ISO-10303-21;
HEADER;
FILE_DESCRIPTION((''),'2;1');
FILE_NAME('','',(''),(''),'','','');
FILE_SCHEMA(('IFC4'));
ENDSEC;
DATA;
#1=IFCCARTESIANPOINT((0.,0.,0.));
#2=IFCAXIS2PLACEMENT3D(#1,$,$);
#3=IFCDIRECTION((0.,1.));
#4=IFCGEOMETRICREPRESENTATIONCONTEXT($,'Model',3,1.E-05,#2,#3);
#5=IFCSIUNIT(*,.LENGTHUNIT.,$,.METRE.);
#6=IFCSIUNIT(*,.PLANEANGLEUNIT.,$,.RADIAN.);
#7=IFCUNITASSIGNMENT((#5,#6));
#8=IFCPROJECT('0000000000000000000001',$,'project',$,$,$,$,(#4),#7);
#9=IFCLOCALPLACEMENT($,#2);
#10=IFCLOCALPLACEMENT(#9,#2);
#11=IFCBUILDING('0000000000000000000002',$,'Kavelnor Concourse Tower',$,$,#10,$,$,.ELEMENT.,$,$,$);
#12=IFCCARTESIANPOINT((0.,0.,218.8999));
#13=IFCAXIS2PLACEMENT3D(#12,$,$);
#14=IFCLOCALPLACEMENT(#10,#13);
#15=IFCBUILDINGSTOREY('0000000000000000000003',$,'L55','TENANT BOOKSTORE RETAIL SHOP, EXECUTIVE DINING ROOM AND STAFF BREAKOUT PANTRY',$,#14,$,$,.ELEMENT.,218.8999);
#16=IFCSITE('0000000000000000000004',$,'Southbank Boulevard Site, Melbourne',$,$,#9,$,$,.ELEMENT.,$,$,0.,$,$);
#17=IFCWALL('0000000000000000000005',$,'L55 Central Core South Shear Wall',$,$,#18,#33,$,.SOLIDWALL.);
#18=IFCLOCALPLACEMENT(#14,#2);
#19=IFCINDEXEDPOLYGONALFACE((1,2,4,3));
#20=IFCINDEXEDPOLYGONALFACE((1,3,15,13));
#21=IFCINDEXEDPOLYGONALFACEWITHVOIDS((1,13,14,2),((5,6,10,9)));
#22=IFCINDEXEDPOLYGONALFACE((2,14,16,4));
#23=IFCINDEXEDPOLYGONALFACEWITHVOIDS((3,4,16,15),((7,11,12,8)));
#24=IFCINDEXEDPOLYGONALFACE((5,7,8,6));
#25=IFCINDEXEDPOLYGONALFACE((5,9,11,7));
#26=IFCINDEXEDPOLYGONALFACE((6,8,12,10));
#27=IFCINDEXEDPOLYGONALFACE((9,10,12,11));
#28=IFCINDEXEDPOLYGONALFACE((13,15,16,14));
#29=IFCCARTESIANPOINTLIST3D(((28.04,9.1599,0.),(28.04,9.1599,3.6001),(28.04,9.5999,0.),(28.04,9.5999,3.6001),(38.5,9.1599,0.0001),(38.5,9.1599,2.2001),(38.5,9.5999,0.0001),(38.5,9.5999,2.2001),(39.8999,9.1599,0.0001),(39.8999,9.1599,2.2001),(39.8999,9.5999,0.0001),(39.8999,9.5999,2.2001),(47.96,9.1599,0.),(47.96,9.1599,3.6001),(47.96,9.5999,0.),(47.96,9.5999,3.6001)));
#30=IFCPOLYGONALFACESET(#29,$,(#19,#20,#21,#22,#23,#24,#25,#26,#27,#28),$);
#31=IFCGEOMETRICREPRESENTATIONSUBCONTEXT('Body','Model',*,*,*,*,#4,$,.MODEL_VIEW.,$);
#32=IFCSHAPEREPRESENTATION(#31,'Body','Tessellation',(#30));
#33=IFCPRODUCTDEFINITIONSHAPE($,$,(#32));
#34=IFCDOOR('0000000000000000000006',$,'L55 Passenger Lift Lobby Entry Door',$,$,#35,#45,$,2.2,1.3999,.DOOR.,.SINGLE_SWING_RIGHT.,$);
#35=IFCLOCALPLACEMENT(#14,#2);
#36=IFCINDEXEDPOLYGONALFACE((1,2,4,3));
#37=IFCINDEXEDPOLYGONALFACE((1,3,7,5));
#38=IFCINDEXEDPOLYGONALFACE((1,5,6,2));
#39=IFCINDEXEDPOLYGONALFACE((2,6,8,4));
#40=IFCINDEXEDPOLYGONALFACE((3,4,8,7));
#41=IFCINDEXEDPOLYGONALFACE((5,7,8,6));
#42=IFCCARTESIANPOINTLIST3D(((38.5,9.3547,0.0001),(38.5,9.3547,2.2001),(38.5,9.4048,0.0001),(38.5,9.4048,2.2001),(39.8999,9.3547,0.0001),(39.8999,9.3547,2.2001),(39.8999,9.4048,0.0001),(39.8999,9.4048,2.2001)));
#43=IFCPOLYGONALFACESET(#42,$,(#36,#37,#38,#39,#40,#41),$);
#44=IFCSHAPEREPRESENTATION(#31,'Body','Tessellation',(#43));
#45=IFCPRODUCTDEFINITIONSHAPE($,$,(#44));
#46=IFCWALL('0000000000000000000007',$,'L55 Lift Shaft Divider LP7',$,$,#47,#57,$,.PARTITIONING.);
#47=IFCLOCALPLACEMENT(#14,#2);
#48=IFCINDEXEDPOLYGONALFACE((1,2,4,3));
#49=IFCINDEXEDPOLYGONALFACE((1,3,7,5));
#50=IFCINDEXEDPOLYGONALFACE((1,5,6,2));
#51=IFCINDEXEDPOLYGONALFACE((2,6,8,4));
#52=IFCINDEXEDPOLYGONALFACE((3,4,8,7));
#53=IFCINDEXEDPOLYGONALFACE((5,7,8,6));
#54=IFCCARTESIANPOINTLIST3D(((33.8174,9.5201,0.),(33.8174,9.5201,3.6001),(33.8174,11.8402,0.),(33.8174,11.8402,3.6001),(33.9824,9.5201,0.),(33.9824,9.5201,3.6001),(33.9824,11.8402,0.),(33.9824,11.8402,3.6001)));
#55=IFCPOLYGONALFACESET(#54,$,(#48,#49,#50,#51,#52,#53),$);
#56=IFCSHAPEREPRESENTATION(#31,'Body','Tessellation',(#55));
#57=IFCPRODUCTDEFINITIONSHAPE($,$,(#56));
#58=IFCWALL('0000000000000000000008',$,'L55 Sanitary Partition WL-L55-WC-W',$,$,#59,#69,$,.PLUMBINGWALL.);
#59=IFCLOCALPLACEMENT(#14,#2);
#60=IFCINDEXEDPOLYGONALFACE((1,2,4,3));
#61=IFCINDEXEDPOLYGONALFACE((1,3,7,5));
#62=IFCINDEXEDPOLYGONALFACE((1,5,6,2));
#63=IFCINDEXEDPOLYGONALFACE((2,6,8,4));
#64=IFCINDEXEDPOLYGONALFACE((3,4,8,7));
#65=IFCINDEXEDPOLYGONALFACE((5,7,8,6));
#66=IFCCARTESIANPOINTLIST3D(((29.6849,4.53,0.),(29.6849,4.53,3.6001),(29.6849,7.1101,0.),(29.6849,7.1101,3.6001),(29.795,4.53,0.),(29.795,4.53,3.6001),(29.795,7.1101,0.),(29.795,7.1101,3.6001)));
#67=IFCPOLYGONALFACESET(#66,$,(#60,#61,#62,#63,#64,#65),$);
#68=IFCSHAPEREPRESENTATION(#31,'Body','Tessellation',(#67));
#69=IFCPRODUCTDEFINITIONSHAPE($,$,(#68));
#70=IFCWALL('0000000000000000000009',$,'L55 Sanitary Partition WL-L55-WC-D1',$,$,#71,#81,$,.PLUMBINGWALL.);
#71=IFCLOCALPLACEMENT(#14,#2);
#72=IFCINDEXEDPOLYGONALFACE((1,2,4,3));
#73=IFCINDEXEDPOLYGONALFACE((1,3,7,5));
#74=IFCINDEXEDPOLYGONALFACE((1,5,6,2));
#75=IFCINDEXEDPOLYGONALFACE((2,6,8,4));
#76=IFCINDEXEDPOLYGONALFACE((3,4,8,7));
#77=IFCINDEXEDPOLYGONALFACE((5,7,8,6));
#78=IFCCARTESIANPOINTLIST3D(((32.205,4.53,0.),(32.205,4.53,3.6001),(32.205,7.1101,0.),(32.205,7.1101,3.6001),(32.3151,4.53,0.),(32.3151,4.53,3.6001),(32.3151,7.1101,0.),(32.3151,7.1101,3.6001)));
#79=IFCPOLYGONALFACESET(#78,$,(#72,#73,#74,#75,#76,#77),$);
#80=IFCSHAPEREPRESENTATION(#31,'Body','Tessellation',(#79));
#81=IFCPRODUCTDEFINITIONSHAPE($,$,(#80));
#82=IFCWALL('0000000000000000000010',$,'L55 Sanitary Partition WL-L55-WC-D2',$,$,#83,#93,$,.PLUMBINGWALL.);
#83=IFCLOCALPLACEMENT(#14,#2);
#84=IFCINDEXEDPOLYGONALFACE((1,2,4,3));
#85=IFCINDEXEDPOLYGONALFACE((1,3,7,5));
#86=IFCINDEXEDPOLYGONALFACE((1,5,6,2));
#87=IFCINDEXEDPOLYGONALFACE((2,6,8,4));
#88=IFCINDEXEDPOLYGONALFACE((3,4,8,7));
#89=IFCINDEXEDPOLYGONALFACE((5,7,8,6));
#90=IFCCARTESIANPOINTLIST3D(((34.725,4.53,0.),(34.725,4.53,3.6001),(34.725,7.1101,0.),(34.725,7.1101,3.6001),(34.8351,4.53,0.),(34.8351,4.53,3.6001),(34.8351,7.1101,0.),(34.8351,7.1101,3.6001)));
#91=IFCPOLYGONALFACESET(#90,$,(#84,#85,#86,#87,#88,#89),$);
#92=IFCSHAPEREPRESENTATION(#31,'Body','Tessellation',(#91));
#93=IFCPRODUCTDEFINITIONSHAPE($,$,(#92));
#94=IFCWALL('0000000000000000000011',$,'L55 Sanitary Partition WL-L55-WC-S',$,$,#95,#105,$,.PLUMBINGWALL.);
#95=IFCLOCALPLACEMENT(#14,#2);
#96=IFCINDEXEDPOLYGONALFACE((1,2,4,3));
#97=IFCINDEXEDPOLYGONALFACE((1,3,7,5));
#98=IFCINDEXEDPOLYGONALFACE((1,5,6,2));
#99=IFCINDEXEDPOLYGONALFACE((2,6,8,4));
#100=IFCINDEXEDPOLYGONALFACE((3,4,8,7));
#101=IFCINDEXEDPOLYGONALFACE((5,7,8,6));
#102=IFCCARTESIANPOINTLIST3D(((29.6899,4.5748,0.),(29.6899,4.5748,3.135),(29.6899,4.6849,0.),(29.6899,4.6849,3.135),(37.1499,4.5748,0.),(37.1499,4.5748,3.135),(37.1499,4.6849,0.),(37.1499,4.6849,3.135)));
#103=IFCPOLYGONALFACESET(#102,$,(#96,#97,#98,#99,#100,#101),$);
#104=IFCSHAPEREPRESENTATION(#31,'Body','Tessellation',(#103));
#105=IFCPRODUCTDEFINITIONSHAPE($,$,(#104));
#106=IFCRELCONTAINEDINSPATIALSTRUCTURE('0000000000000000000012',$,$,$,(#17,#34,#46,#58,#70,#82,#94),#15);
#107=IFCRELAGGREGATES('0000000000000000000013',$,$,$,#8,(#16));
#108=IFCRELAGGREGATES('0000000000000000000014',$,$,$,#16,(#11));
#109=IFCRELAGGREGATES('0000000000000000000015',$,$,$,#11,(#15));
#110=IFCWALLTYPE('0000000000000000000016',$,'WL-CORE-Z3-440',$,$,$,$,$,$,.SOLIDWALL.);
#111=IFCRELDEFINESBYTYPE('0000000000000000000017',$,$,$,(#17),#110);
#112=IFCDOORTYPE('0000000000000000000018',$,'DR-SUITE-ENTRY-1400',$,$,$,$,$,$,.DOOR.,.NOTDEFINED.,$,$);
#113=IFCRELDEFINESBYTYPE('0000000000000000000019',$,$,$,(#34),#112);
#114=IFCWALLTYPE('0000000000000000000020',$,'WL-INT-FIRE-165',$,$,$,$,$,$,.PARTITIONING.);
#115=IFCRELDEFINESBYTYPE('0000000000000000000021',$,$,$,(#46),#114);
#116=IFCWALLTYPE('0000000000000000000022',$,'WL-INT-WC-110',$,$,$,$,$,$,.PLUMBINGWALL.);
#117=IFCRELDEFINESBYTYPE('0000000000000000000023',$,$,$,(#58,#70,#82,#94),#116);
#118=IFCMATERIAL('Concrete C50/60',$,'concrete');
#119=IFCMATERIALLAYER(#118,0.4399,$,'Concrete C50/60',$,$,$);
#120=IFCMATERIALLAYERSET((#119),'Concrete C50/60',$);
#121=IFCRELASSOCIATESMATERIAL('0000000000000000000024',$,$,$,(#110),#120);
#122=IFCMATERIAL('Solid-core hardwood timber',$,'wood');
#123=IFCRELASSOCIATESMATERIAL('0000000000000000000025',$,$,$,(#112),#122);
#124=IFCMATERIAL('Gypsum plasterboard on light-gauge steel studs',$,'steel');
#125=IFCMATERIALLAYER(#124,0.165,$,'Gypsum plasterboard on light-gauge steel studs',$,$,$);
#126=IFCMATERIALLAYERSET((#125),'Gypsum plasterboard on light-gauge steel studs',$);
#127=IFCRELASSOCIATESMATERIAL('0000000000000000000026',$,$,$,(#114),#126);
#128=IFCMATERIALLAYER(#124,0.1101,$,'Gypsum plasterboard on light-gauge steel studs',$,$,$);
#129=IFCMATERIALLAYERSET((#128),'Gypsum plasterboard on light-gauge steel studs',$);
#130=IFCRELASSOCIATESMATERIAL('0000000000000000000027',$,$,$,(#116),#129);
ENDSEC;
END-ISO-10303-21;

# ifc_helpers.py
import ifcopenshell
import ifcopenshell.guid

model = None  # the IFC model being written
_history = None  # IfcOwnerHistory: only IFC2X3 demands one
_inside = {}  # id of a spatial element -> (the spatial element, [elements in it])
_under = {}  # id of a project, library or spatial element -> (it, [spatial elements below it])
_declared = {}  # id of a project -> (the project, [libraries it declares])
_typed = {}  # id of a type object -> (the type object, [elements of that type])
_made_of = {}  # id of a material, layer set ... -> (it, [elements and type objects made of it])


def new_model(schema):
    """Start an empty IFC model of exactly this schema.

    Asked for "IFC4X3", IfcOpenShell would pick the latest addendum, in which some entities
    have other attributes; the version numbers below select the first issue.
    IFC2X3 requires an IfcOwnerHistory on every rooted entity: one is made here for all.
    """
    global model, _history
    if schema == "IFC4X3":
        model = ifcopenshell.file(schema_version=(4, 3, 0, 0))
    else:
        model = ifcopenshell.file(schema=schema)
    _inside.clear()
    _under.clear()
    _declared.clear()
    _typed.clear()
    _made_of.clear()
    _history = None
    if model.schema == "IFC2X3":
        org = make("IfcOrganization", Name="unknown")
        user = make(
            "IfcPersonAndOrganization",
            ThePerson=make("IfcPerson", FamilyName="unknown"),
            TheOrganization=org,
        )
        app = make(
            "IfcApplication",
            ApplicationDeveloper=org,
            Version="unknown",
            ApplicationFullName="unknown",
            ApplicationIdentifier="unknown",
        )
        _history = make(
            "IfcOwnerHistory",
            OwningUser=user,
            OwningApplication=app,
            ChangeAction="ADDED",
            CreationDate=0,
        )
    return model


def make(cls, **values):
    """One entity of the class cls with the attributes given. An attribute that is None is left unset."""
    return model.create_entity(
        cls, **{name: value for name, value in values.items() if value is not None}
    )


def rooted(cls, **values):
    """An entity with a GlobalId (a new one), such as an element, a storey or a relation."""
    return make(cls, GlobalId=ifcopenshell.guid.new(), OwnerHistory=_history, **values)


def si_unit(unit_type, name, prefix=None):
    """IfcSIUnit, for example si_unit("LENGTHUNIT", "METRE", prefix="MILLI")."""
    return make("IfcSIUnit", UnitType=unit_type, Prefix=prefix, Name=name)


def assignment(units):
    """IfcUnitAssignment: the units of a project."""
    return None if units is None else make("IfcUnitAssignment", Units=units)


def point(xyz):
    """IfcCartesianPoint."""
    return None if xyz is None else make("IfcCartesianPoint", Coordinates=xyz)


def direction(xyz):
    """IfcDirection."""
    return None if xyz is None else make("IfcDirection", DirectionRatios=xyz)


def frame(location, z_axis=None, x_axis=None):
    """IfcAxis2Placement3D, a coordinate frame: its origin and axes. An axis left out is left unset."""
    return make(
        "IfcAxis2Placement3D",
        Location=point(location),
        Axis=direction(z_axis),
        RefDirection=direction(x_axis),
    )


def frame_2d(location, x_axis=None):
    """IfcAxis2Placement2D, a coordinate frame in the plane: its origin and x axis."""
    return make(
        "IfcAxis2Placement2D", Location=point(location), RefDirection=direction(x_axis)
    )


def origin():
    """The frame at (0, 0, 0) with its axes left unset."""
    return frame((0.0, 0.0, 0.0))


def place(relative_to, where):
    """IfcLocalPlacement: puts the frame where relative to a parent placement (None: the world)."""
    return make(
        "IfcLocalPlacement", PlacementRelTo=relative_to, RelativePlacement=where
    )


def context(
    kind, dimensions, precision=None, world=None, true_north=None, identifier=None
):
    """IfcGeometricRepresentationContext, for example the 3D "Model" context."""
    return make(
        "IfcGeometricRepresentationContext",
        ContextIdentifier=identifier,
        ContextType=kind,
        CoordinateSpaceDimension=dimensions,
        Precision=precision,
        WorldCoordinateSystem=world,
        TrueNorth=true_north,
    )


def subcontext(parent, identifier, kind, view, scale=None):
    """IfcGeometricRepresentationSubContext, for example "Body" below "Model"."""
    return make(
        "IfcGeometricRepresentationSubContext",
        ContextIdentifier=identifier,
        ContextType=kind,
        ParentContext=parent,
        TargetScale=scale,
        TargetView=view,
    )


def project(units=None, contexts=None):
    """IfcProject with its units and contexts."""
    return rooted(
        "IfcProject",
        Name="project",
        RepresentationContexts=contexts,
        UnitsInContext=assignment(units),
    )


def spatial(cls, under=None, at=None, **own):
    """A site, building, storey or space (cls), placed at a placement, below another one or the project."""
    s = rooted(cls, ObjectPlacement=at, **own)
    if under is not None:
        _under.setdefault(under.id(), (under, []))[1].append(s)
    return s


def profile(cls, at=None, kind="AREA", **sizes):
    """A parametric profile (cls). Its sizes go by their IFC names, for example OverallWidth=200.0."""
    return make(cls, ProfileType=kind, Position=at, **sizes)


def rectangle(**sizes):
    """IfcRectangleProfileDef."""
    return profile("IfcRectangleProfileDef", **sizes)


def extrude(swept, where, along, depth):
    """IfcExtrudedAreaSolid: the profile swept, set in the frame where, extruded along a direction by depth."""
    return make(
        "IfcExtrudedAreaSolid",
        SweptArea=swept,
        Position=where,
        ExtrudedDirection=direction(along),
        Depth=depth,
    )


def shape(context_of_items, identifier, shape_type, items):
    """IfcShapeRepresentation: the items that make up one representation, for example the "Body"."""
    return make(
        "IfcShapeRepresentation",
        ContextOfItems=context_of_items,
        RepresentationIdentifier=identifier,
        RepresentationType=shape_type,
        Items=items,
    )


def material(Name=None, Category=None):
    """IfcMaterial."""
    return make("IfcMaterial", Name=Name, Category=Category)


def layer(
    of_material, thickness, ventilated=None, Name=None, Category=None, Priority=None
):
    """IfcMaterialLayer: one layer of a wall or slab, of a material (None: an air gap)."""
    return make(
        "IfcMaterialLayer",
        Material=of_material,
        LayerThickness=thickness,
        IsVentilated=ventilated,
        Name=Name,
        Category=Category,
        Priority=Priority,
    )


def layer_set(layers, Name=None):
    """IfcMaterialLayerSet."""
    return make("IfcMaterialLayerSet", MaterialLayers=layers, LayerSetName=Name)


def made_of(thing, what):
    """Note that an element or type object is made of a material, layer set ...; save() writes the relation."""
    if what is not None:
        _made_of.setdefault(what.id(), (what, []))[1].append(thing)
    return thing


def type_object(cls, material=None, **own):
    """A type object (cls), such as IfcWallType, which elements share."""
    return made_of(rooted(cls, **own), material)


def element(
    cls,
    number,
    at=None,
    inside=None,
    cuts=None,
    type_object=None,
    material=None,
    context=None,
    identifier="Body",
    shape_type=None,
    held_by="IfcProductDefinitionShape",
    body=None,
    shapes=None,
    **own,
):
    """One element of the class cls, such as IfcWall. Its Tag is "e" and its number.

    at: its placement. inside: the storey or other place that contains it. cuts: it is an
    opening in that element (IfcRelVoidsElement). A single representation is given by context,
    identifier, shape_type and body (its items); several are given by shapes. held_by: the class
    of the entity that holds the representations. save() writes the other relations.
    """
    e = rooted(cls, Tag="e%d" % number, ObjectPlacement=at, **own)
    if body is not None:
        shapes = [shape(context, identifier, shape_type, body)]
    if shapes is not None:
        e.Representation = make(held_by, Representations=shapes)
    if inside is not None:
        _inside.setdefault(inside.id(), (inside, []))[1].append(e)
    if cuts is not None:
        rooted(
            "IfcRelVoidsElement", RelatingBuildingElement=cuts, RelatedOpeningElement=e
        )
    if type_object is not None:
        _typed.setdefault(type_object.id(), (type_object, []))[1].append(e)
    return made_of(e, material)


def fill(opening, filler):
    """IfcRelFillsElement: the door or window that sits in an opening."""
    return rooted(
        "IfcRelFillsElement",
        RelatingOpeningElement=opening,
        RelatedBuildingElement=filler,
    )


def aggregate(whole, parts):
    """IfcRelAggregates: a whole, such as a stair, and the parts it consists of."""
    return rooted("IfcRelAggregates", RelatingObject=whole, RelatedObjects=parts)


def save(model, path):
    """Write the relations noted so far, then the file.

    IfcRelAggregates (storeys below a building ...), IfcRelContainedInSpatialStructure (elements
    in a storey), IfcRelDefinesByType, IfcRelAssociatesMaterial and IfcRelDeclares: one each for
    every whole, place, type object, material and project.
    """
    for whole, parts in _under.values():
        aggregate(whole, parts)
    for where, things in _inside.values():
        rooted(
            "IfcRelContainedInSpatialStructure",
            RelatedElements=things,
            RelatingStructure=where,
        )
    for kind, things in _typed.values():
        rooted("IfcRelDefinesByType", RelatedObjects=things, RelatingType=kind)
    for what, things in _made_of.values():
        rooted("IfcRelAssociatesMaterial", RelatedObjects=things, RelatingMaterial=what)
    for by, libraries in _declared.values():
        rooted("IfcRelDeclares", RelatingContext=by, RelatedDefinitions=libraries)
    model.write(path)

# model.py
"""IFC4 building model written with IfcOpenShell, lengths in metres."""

from ifc_helpers import new_model, si_unit, direction, frame, frame_2d, origin, place, context, subcontext, project, spatial, rectangle, extrude, material, layer, layer_set, type_object, element, fill, save


model = new_model("IFC4")

# Units and contexts
model_context = context("Model", 3, precision=1e-05, world=origin(), true_north=direction((0.0, 1.0)))
body_context = subcontext(model_context, "Body", "Model", "MODEL_VIEW")
ifc_project = project(units=[si_unit("LENGTHUNIT", "METRE"), si_unit("PLANEANGLEUNIT", "RADIAN")], contexts=[model_context])

# Site, building, storey
site_placement = place(None, origin())
site = spatial("IfcSite", under=ifc_project, at=site_placement, Name="Southbank Boulevard Site, Melbourne", CompositionType="ELEMENT", RefElevation=0.0)
building_placement = place(site_placement, origin())
building = spatial("IfcBuilding", under=site, at=building_placement, Name="Kavelnor Concourse Tower", CompositionType="ELEMENT")
storey_placement = place(building_placement, frame((0.0, 0.0, 218.8999)))
storey = spatial("IfcBuildingStorey", under=building, at=storey_placement, Name="L55", Description="TENANT BOOKSTORE RETAIL SHOP, EXECUTIVE DINING ROOM AND STAFF BREAKOUT PANTRY", CompositionType="ELEMENT", Elevation=218.8999)

# Wall, opening, door
ifc_material_1 = material(Name="Concrete C50/60", Category="concrete")
ifc_layer_1 = layer(ifc_material_1, 0.4399, Name="Concrete C50/60")
ifc_layer_set_1 = layer_set([ifc_layer_1], Name="Concrete C50/60")
wall_type_1 = type_object("IfcWallType", Name="WL-CORE-Z3-440", PredefinedType="SOLIDWALL", material=ifc_layer_set_1)
wall_1_placement = place(storey_placement, frame((28.04, 9.3799, 0.0), z_axis=(0.0, 0.0, 1.0), x_axis=(1.0, 0.0, 0.0)))
wall_1 = element("IfcWall", 1, at=wall_1_placement, inside=storey, type_object=wall_type_1, Name="L55 Central Core South Shear Wall", PredefinedType="SOLIDWALL", context=body_context, shape_type="SweptSolid", body=[
    extrude(rectangle(XDim=19.9199, YDim=0.4399, at=frame_2d((9.96, 0.0))), origin(), (0.0, 0.0, 1.0), 3.6001),
])
opening_placement = place(wall_1_placement, frame((10.46, 0.0, 0.0)))
opening = element("IfcOpeningElement", 2, at=opening_placement, cuts=wall_1, PredefinedType="OPENING", context=body_context, shape_type="SweptSolid", body=[
    extrude(rectangle(XDim=1.3999, YDim=2.2, at=frame_2d((0.7, 1.1001))), frame((0.0, 0.23, 0.0), z_axis=(0.0, -1.0, 0.0), x_axis=(1.0, 0.0, 0.0)), (0.0, 0.0, 1.0), 0.46),
])
ifc_material_2 = material(Name="Solid-core hardwood timber", Category="wood")
door_type = type_object("IfcDoorType", Name="DR-SUITE-ENTRY-1400", OperationType="NOTDEFINED", PredefinedType="DOOR", material=ifc_material_2)
door_placement = place(opening_placement, origin())
door = element("IfcDoor", 3, at=door_placement, inside=storey, type_object=door_type, Name="L55 Passenger Lift Lobby Entry Door", OperationType="SINGLE_SWING_RIGHT", OverallHeight=2.2, OverallWidth=1.3999, PredefinedType="DOOR", context=body_context, shape_type="SweptSolid", body=[
    extrude(rectangle(XDim=1.3999, YDim=2.2, at=frame_2d((0.7, 1.1001))), frame((0.0, 0.0249, 0.0), z_axis=(0.0, -1.0, 0.0), x_axis=(1.0, 0.0, 0.0)), (0.0, 0.0, 1.0), 0.05),
])
fill(opening, door)

# Walls
ifc_material_3 = material(Name="Gypsum plasterboard on light-gauge steel studs", Category="steel")
ifc_layer_2 = layer(ifc_material_3, 0.165, Name="Gypsum plasterboard on light-gauge steel studs")
ifc_layer_set_2 = layer_set([ifc_layer_2], Name="Gypsum plasterboard on light-gauge steel studs")
wall_type_2 = type_object("IfcWallType", Name="WL-INT-FIRE-165", PredefinedType="PARTITIONING", material=ifc_layer_set_2)
wall_2_placement = place(storey_placement, frame((33.8999, 9.52, 0.0), z_axis=(0.0, 0.0, 1.0), x_axis=(0.0, 1.0, 0.0)))
element("IfcWall", 4, at=wall_2_placement, inside=storey, type_object=wall_type_2, Name="L55 Lift Shaft Divider LP7", PredefinedType="PARTITIONING", context=body_context, shape_type="SweptSolid", body=[
    extrude(rectangle(XDim=2.3201, YDim=0.165, at=frame_2d((1.1602, 0.0))), origin(), (0.0, 0.0, 1.0), 3.6001),
])
ifc_layer_3 = layer(ifc_material_3, 0.1101, Name="Gypsum plasterboard on light-gauge steel studs")
ifc_layer_set_3 = layer_set([ifc_layer_3], Name="Gypsum plasterboard on light-gauge steel studs")
wall_type_3 = type_object("IfcWallType", Name="WL-INT-WC-110", PredefinedType="PLUMBINGWALL", material=ifc_layer_set_3)
for number, where, z_axis, x_axis, name in (
    (5, (29.74, 4.53, 0.0), (0.0, 0.0, 1.0), (0.0, 1.0, 0.0), "L55 Sanitary Partition WL-L55-WC-W"),
    (6, (32.26, 4.53, 0.0), (0.0, 0.0, 1.0), (0.0, 1.0, 0.0), "L55 Sanitary Partition WL-L55-WC-D1"),
    (7, (34.78, 4.53, 0.0), (0.0, 0.0, 1.0), (0.0, 1.0, 0.0), "L55 Sanitary Partition WL-L55-WC-D2"),
):
    element("IfcWall", number, at=place(storey_placement, frame(where, z_axis=z_axis, x_axis=x_axis)), inside=storey, type_object=wall_type_3, Name=name, PredefinedType="PLUMBINGWALL", context=body_context, shape_type="SweptSolid", body=[
        extrude(rectangle(XDim=2.5801, YDim=0.1101, at=frame_2d((1.29, 0.0))), origin(), (0.0, 0.0, 1.0), 3.6001),
    ])
wall_3_placement = place(storey_placement, frame((29.6899, 4.6299, 0.0), z_axis=(0.0, 0.0, 1.0), x_axis=(1.0, 0.0, 0.0)))
element("IfcWall", 8, at=wall_3_placement, inside=storey, type_object=wall_type_3, Name="L55 Sanitary Partition WL-L55-WC-S", PredefinedType="PLUMBINGWALL", context=body_context, shape_type="SweptSolid", body=[
    extrude(rectangle(XDim=7.46, YDim=0.1101, at=frame_2d((3.73, 0.0))), origin(), (0.0, 0.0, 1.0), 3.135),
])

save(model, "model.ifc")
